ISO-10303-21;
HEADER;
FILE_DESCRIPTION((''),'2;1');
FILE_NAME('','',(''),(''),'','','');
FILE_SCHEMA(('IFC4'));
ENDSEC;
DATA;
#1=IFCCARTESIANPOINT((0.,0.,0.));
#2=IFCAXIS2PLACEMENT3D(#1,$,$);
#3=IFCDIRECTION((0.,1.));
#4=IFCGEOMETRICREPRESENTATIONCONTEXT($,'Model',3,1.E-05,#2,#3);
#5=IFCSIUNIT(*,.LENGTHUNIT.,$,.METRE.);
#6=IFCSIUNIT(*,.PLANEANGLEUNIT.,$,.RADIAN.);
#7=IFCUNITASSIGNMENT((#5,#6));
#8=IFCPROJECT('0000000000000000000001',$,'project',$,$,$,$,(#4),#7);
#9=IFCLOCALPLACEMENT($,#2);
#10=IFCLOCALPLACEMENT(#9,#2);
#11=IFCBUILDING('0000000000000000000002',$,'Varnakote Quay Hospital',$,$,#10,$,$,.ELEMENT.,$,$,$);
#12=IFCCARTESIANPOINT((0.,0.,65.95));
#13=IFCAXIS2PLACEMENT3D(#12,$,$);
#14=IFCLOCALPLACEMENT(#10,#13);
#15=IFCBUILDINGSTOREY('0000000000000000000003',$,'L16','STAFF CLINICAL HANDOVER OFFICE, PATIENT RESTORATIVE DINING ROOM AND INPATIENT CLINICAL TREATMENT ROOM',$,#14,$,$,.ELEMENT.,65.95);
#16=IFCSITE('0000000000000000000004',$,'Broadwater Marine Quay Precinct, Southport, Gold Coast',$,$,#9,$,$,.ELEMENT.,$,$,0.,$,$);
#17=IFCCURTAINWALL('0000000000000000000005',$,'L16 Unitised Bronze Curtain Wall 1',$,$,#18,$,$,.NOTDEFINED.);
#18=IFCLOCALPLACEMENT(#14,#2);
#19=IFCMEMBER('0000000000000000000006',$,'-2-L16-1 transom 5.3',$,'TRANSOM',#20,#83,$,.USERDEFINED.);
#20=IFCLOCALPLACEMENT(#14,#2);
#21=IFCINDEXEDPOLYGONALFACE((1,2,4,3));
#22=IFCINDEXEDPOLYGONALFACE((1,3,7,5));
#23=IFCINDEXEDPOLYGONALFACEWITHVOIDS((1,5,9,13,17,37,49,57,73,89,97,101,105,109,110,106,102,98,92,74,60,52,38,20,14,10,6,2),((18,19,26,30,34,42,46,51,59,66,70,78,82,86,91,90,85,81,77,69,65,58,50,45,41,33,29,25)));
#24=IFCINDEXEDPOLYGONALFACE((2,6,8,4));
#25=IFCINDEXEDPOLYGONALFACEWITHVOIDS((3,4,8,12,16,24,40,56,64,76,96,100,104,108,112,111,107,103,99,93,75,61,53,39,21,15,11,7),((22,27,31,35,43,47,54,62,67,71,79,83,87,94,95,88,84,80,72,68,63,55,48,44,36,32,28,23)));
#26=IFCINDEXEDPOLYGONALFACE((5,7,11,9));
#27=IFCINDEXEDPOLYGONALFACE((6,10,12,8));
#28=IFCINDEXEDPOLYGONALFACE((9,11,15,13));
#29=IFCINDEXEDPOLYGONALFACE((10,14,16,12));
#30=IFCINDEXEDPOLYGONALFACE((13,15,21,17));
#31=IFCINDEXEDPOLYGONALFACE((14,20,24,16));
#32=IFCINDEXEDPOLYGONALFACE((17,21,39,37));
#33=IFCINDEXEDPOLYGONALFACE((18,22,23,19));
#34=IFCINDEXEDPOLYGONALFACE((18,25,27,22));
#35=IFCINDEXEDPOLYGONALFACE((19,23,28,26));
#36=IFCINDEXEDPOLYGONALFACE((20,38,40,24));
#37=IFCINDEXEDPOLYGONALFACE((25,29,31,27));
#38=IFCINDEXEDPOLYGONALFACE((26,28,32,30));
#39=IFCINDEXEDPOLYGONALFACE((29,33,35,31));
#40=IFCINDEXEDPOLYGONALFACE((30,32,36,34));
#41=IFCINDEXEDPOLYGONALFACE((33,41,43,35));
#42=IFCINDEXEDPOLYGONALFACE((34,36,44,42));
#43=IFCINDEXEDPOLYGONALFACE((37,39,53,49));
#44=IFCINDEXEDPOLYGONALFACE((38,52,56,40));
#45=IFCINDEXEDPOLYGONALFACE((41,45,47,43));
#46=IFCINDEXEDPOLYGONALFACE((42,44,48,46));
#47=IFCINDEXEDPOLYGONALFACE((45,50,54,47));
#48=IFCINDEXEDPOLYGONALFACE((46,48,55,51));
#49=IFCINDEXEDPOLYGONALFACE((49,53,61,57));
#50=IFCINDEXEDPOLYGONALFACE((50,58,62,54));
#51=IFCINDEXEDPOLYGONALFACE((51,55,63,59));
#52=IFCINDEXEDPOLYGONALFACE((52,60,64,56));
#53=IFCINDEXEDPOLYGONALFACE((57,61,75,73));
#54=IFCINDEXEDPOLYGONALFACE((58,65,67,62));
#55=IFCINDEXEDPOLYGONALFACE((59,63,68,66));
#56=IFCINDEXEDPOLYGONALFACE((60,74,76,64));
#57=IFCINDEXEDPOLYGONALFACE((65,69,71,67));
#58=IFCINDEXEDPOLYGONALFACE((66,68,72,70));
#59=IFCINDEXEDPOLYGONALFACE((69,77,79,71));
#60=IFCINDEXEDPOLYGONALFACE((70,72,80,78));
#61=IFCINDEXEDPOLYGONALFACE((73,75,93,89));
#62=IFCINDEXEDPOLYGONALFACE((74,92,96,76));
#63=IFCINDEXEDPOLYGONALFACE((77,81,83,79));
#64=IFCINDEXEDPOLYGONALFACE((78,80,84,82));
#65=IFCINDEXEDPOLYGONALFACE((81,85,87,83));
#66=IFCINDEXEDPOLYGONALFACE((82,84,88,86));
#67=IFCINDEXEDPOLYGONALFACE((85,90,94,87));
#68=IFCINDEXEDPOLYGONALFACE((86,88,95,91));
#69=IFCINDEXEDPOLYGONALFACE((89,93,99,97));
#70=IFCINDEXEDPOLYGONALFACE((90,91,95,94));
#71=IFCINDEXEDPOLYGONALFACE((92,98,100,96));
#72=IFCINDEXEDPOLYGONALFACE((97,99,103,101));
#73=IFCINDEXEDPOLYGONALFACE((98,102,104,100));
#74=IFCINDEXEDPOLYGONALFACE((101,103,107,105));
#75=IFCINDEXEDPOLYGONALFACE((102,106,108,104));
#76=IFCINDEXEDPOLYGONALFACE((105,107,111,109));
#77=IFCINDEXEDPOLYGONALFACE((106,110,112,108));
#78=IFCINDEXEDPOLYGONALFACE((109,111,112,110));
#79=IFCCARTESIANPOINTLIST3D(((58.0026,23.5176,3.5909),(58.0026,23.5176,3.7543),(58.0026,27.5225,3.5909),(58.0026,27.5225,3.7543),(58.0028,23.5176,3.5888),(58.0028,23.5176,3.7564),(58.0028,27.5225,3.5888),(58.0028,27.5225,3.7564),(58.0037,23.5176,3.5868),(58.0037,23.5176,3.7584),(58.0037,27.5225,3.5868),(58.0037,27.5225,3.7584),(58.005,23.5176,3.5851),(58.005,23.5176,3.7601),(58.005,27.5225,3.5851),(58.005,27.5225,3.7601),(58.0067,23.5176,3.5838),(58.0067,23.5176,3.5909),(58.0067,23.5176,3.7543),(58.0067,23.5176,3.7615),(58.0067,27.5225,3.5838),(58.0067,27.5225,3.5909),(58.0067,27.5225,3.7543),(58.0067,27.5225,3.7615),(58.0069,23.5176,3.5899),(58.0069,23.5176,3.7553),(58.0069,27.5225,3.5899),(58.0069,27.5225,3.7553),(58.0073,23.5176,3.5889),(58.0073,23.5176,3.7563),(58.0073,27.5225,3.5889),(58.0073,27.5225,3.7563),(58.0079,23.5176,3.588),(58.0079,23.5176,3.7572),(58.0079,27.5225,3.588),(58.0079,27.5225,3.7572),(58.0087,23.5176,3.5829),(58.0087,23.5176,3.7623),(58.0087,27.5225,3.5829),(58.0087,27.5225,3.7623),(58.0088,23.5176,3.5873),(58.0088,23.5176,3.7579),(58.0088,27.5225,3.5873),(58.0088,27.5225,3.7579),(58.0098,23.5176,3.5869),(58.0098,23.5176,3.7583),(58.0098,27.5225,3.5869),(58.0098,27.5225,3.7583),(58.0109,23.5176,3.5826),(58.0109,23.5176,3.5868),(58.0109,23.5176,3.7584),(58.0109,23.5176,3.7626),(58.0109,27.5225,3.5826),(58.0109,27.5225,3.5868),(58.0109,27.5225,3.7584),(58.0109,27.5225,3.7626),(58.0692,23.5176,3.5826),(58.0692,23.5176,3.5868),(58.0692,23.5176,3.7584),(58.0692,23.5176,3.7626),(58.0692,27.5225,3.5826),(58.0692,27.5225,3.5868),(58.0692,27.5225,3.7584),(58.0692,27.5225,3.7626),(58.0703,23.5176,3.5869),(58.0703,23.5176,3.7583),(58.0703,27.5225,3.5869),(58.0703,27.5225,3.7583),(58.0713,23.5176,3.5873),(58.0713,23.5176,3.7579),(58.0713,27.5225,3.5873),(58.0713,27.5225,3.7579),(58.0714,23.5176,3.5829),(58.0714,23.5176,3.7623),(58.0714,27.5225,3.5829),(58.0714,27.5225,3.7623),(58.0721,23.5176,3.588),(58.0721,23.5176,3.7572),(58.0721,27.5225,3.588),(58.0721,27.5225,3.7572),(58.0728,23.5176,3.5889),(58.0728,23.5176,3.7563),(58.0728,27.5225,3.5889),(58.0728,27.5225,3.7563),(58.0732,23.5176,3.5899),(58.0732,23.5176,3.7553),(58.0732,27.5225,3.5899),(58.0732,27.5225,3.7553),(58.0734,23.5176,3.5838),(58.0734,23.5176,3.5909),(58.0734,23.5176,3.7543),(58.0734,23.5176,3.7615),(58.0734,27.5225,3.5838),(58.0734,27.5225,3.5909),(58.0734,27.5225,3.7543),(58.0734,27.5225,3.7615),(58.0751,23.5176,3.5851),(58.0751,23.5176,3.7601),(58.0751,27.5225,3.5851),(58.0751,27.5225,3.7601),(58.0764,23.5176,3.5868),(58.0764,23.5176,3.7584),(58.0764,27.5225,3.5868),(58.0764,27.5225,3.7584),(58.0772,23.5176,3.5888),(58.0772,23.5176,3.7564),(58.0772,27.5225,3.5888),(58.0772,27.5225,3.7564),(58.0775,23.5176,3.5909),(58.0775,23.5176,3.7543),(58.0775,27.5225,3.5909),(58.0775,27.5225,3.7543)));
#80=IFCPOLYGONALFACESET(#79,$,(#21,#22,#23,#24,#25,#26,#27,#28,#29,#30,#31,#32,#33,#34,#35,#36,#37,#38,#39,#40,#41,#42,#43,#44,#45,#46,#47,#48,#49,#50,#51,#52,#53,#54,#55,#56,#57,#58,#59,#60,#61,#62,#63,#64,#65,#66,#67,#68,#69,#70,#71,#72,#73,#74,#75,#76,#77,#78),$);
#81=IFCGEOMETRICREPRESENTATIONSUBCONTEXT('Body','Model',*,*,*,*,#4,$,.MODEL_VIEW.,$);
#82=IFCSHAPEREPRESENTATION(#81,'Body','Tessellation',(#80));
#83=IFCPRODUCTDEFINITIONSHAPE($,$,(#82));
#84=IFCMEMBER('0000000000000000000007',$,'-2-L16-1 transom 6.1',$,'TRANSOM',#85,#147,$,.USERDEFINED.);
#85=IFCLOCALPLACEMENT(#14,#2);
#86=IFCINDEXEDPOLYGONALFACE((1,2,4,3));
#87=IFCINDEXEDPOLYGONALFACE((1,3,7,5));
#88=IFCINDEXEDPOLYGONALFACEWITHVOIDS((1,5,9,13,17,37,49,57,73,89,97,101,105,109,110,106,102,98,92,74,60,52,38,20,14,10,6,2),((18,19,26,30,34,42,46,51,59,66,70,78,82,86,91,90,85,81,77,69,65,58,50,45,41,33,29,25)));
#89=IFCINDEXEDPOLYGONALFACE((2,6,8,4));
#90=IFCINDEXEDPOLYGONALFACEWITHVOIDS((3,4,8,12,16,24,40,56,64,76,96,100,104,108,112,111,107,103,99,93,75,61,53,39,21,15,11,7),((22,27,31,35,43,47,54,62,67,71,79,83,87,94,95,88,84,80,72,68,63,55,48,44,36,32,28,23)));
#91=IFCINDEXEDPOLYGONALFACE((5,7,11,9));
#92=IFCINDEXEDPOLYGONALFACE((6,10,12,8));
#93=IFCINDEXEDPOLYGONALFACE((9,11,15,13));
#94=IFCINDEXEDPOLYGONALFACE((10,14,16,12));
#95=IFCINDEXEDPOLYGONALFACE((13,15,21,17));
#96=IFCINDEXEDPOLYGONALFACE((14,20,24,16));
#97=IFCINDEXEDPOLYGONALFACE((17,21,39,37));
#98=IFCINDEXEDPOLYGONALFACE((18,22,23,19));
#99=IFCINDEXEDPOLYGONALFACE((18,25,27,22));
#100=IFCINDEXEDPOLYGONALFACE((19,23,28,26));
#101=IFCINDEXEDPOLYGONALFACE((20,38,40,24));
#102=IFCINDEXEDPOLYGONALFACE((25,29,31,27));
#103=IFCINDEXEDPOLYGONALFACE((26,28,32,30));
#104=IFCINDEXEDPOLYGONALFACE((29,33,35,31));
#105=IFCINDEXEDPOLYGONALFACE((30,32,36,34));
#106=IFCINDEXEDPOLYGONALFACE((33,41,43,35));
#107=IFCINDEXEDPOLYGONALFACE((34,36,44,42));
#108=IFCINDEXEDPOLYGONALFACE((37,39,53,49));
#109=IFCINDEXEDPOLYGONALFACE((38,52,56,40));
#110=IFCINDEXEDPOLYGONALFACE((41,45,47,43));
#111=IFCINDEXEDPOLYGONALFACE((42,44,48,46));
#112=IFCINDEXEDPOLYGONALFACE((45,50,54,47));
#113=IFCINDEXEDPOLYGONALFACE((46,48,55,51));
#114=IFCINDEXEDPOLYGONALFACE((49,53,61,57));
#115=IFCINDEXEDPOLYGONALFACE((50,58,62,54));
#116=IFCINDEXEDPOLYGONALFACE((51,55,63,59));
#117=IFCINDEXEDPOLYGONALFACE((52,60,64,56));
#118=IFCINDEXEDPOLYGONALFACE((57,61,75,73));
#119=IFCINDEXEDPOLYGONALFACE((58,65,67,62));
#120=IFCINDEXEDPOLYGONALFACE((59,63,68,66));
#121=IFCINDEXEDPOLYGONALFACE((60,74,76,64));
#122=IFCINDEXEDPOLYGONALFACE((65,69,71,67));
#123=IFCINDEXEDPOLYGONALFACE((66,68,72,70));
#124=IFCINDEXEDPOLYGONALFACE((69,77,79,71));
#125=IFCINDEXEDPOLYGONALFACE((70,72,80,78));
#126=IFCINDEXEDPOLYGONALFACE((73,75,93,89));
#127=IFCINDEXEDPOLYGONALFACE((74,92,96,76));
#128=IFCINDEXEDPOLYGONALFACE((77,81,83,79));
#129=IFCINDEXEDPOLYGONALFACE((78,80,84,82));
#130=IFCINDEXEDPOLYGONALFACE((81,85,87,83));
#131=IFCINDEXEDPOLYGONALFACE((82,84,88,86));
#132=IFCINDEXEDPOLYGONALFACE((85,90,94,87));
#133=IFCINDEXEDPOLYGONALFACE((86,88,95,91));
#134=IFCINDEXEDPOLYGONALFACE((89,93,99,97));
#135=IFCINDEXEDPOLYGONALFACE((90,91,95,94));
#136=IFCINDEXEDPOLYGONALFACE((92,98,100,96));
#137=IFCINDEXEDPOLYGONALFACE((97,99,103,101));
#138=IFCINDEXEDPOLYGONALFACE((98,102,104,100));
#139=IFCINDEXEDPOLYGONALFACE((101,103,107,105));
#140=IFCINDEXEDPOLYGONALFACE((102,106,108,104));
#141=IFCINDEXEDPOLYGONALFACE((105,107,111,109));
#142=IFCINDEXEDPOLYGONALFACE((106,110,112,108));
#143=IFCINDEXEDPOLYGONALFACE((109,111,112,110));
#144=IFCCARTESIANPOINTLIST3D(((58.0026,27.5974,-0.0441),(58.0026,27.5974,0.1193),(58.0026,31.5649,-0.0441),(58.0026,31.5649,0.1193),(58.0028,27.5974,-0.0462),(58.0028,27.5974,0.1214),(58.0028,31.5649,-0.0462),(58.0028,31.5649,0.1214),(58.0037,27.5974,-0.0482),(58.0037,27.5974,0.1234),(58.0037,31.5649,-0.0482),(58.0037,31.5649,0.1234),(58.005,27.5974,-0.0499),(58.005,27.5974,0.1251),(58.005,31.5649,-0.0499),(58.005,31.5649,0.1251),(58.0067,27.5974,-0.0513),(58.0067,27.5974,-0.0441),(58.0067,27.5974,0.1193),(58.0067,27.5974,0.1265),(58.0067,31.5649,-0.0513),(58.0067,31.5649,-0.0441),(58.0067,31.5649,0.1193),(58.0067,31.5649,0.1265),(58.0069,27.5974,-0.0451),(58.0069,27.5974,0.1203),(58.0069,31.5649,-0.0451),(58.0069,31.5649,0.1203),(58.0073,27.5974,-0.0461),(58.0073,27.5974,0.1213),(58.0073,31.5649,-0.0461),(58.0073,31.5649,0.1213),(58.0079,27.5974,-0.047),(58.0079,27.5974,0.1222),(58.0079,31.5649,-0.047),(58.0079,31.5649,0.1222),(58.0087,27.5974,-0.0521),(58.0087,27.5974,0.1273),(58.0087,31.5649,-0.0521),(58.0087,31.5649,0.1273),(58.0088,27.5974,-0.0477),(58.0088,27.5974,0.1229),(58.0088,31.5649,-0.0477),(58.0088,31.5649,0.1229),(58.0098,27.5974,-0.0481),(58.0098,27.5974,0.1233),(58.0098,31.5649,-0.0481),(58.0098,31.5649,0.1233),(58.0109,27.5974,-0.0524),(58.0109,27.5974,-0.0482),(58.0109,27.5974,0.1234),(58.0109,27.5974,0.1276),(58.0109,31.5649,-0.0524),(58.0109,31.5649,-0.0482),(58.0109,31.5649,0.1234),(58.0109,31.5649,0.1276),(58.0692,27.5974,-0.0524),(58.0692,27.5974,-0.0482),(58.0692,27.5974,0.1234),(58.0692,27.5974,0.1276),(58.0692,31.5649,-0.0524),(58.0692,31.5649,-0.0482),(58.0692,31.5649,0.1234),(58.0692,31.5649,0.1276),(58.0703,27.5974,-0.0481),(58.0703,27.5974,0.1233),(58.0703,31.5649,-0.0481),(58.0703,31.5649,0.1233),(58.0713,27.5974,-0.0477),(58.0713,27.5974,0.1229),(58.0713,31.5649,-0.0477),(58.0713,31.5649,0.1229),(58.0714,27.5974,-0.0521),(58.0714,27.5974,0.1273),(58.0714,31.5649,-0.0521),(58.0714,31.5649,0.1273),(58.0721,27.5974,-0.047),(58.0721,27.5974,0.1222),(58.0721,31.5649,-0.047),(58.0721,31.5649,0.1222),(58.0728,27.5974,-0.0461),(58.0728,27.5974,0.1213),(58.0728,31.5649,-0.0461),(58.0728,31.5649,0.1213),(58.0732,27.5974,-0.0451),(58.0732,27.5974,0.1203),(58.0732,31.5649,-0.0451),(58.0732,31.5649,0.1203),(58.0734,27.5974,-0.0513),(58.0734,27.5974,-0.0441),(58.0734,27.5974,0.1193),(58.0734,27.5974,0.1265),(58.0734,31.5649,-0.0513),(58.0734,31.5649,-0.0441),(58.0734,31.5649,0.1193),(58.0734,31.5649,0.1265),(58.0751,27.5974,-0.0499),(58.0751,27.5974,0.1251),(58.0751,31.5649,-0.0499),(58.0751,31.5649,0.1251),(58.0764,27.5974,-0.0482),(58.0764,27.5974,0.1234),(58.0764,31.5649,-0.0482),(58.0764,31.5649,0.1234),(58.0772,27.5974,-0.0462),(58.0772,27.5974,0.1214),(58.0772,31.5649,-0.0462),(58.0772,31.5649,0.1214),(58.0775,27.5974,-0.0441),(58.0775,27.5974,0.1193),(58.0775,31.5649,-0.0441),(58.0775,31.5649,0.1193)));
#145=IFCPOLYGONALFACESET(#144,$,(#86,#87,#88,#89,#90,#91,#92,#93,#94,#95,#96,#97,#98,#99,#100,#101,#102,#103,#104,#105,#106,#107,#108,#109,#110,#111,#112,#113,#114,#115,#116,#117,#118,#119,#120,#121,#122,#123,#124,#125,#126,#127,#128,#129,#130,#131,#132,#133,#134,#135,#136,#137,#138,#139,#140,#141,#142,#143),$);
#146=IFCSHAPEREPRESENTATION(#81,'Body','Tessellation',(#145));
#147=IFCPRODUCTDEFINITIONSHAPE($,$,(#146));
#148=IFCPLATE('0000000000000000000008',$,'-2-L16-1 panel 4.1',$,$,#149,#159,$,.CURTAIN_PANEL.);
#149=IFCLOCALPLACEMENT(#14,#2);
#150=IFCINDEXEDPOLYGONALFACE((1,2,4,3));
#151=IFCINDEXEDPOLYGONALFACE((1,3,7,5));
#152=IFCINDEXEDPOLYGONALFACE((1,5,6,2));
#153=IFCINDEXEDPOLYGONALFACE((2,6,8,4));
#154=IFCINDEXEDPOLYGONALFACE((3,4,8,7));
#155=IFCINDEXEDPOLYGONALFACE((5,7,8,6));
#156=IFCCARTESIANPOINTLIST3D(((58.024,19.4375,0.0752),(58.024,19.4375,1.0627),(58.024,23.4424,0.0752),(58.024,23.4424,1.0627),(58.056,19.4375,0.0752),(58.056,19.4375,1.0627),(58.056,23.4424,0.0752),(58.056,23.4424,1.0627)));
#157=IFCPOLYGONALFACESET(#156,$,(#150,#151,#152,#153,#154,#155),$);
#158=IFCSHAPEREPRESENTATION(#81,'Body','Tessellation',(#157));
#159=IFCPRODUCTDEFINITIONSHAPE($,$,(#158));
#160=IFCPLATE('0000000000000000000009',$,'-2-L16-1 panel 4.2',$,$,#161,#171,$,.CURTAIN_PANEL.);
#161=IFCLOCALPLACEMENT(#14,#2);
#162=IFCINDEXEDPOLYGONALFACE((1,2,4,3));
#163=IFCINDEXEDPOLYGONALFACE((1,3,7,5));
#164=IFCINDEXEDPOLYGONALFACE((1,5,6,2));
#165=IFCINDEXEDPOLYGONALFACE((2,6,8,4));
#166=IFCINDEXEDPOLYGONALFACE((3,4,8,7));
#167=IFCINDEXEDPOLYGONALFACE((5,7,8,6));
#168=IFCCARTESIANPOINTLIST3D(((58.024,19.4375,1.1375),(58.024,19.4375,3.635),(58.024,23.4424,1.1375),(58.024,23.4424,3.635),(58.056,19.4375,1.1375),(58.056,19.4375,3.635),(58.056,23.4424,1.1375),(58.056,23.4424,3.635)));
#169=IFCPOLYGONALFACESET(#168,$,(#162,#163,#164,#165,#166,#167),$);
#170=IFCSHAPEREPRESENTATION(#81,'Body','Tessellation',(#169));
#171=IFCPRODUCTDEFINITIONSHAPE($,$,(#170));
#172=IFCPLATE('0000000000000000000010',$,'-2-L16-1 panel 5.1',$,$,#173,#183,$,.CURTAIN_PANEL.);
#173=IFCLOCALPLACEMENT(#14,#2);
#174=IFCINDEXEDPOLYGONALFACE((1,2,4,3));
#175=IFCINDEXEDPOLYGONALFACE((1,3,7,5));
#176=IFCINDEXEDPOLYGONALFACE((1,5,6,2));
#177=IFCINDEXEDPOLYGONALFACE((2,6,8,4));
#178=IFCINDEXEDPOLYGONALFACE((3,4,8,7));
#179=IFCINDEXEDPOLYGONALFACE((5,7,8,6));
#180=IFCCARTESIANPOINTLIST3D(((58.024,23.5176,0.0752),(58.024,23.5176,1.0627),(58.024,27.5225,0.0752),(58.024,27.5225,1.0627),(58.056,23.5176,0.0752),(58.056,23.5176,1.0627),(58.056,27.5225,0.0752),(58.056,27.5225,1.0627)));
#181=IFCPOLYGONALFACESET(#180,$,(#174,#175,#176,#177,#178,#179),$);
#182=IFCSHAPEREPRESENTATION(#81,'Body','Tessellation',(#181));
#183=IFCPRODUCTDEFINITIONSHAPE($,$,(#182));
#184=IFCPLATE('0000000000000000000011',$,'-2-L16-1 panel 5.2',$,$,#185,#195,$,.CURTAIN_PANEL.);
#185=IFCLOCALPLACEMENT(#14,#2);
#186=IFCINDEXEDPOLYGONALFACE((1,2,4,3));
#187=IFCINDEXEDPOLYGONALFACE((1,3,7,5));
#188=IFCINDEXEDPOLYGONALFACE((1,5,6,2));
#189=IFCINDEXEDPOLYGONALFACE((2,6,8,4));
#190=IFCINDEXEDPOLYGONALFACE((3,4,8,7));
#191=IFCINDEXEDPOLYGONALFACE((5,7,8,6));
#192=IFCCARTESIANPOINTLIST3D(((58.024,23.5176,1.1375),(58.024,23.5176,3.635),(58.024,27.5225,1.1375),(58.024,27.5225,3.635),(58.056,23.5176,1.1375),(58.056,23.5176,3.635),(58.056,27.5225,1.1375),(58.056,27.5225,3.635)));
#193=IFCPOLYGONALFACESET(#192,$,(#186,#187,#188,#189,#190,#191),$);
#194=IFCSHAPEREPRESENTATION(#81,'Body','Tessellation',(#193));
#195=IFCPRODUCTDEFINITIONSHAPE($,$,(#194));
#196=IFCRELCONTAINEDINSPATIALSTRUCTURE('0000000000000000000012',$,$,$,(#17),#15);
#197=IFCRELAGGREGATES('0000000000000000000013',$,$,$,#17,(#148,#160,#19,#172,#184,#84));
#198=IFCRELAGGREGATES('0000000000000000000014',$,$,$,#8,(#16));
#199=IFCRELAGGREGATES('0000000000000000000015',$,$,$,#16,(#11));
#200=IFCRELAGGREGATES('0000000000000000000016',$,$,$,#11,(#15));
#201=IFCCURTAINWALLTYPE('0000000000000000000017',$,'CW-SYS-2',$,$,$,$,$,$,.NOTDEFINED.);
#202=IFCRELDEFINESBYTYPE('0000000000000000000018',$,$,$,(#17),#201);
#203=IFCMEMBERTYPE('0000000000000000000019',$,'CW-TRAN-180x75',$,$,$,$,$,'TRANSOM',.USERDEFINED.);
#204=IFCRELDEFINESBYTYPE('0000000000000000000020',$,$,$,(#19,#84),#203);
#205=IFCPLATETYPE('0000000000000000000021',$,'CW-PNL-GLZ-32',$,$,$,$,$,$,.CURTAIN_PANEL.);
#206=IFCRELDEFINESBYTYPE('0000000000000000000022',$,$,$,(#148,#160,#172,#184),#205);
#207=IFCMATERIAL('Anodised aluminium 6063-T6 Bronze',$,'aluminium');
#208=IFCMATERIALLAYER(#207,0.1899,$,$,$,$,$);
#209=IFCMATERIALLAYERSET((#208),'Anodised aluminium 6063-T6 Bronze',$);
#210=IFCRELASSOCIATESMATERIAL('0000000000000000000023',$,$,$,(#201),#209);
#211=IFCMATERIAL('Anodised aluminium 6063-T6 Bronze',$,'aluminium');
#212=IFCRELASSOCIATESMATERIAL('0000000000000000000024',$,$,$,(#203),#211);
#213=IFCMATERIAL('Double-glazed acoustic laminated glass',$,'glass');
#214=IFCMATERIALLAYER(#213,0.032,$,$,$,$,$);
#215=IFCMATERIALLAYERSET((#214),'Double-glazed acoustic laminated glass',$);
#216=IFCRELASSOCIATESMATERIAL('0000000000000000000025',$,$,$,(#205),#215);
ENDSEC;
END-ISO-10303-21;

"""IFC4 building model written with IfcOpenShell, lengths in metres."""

from ifc_helpers import new_model, si_unit, direction, frame, origin, origin_2d, place, context, subcontext, project, spatial, rectangle, hollow_rectangle, extrude, material, layer, layer_set, material_profile, profile_set, type_object, element, aggregate, save


model = new_model("IFC4")

# Units and contexts
model_context = context("Model", 3, precision=1e-05, world=origin(), true_north=direction((0.0, 1.0)))
body_context = subcontext(model_context, "Body", "Model", "MODEL_VIEW")
ifc_project = project(units=[si_unit("LENGTHUNIT", "METRE"), si_unit("PLANEANGLEUNIT", "RADIAN")], contexts=[model_context])

# Site, building, storey
site_placement = place(None, origin())
site = spatial("IfcSite", under=ifc_project, at=site_placement, Name="Broadwater Marine Quay Precinct, Southport, Gold Coast", CompositionType="ELEMENT", RefElevation=0.0)
building_placement = place(site_placement, origin())
building = spatial("IfcBuilding", under=site, at=building_placement, Name="Varnakote Quay Hospital", CompositionType="ELEMENT")
storey_placement = place(building_placement, frame((0.0, 0.0, 65.95)))
storey = spatial("IfcBuildingStorey", under=building, at=storey_placement, Name="L16", Description="STAFF CLINICAL HANDOVER OFFICE, PATIENT RESTORATIVE DINING ROOM AND INPATIENT CLINICAL TREATMENT ROOM", CompositionType="ELEMENT", Elevation=65.95)

# Curtain wall, members, plates
ifc_material_1 = material(Name="Anodised aluminium 6063-T6 Bronze", Category="aluminium")
ifc_layer_1 = layer(ifc_material_1, 0.1899)
ifc_layer_set_1 = layer_set([ifc_layer_1], Name="Anodised aluminium 6063-T6 Bronze")
curtain_wall_type = type_object("IfcCurtainWallType", Name="CW-SYS-2", PredefinedType="NOTDEFINED", material=ifc_layer_set_1)
curtain_wall_placement = place(storey_placement, origin())
curtain_wall = element("IfcCurtainWall", 1, at=curtain_wall_placement, inside=storey, type_object=curtain_wall_type, Name="L16 Unitised Bronze Curtain Wall 1", PredefinedType="NOTDEFINED")
ifc_material_2 = material(Name="Anodised aluminium 6063-T6 Bronze", Category="aluminium")
ifc_material_profile_1 = material_profile(ifc_material_2, hollow_rectangle(XDim=0.075, YDim=0.1799, WallThickness=0.0042, InnerFilletRadius=0.0042, OuterFilletRadius=0.0083, at=origin_2d()), Name="CW-TRAN-180x75")
ifc_profile_set_1 = profile_set([ifc_material_profile_1], Name="Anodised aluminium 6063-T6 Bronze")
member_type_1 = type_object("IfcMemberType", Name="CW-TRAN-180x75", ElementType="TRANSOM", PredefinedType="USERDEFINED", material=ifc_profile_set_1)
member_1_placement = place(storey_placement, frame((58.04, 23.5176, 3.6726), z_axis=(0.0, 1.0, 0.0), x_axis=(-1.0, 0.0, 0.0)))
member_1 = element("IfcMember", 2, at=member_1_placement, type_object=member_type_1, Name="-2-L16-1 transom 5.3", ObjectType="TRANSOM", PredefinedType="USERDEFINED", context=body_context, shape_type="SweptSolid", body=[
    extrude(hollow_rectangle(XDim=0.075, YDim=0.1799, WallThickness=0.0042, InnerFilletRadius=0.0042, OuterFilletRadius=0.0083, at=origin_2d()), origin(), (0.0, 0.0, 1.0), 4.0049),
])
member_2_placement = place(storey_placement, frame((58.04, 27.5974, 0.0376), z_axis=(0.0, 1.0, 0.0), x_axis=(-1.0, 0.0, 0.0)))
member_2 = element("IfcMember", 3, at=member_2_placement, type_object=member_type_1, Name="-2-L16-1 transom 6.1", ObjectType="TRANSOM", PredefinedType="USERDEFINED", context=body_context, shape_type="SweptSolid", body=[
    extrude(hollow_rectangle(XDim=0.075, YDim=0.1799, WallThickness=0.0042, InnerFilletRadius=0.0042, OuterFilletRadius=0.0083, at=origin_2d()), origin(), (0.0, 0.0, 1.0), 3.9675),
])
ifc_material_3 = material(Name="Double-glazed acoustic laminated glass", Category="glass")
ifc_layer_2 = layer(ifc_material_3, 0.032)
ifc_layer_set_2 = layer_set([ifc_layer_2], Name="Double-glazed acoustic laminated glass")
plate_type = type_object("IfcPlateType", Name="CW-PNL-GLZ-32", PredefinedType="CURTAIN_PANEL", material=ifc_layer_set_2)
plate_1_placement = place(storey_placement, frame((58.04, 21.4399, 0.0752), z_axis=(0.0, 0.0, 1.0), x_axis=(0.0, 1.0, 0.0)))
plate_1 = element("IfcPlate", 4, at=plate_1_placement, type_object=plate_type, Name="-2-L16-1 panel 4.1", PredefinedType="CURTAIN_PANEL", context=body_context, shape_type="SweptSolid", body=[
    extrude(rectangle(XDim=4.0049, YDim=0.032, at=origin_2d()), origin(), (0.0, 0.0, 1.0), 0.9875),
])
plate_2_placement = place(storey_placement, frame((58.04, 21.4399, 1.1375), z_axis=(0.0, 0.0, 1.0), x_axis=(0.0, 1.0, 0.0)))
plate_2 = element("IfcPlate", 5, at=plate_2_placement, type_object=plate_type, Name="-2-L16-1 panel 4.2", PredefinedType="CURTAIN_PANEL", context=body_context, shape_type="SweptSolid", body=[
    extrude(rectangle(XDim=4.0049, YDim=0.032, at=origin_2d()), origin(), (0.0, 0.0, 1.0), 2.4976),
])
plate_3_placement = place(storey_placement, frame((58.04, 25.52, 0.0752), z_axis=(0.0, 0.0, 1.0), x_axis=(0.0, 1.0, 0.0)))
plate_3 = element("IfcPlate", 6, at=plate_3_placement, type_object=plate_type, Name="-2-L16-1 panel 5.1", PredefinedType="CURTAIN_PANEL", context=body_context, shape_type="SweptSolid", body=[
    extrude(rectangle(XDim=4.0049, YDim=0.032, at=origin_2d()), origin(), (0.0, 0.0, 1.0), 0.9875),
])
plate_4_placement = place(storey_placement, frame((58.04, 25.52, 1.1375), z_axis=(0.0, 0.0, 1.0), x_axis=(0.0, 1.0, 0.0)))
plate_4 = element("IfcPlate", 7, at=plate_4_placement, type_object=plate_type, Name="-2-L16-1 panel 5.2", PredefinedType="CURTAIN_PANEL", context=body_context, shape_type="SweptSolid", body=[
    extrude(rectangle(XDim=4.0049, YDim=0.032, at=origin_2d()), origin(), (0.0, 0.0, 1.0), 2.4976),
])
aggregate(curtain_wall, [plate_1, plate_2, member_1, plate_3, plate_4, member_2])

save(model, "model.ifc")
